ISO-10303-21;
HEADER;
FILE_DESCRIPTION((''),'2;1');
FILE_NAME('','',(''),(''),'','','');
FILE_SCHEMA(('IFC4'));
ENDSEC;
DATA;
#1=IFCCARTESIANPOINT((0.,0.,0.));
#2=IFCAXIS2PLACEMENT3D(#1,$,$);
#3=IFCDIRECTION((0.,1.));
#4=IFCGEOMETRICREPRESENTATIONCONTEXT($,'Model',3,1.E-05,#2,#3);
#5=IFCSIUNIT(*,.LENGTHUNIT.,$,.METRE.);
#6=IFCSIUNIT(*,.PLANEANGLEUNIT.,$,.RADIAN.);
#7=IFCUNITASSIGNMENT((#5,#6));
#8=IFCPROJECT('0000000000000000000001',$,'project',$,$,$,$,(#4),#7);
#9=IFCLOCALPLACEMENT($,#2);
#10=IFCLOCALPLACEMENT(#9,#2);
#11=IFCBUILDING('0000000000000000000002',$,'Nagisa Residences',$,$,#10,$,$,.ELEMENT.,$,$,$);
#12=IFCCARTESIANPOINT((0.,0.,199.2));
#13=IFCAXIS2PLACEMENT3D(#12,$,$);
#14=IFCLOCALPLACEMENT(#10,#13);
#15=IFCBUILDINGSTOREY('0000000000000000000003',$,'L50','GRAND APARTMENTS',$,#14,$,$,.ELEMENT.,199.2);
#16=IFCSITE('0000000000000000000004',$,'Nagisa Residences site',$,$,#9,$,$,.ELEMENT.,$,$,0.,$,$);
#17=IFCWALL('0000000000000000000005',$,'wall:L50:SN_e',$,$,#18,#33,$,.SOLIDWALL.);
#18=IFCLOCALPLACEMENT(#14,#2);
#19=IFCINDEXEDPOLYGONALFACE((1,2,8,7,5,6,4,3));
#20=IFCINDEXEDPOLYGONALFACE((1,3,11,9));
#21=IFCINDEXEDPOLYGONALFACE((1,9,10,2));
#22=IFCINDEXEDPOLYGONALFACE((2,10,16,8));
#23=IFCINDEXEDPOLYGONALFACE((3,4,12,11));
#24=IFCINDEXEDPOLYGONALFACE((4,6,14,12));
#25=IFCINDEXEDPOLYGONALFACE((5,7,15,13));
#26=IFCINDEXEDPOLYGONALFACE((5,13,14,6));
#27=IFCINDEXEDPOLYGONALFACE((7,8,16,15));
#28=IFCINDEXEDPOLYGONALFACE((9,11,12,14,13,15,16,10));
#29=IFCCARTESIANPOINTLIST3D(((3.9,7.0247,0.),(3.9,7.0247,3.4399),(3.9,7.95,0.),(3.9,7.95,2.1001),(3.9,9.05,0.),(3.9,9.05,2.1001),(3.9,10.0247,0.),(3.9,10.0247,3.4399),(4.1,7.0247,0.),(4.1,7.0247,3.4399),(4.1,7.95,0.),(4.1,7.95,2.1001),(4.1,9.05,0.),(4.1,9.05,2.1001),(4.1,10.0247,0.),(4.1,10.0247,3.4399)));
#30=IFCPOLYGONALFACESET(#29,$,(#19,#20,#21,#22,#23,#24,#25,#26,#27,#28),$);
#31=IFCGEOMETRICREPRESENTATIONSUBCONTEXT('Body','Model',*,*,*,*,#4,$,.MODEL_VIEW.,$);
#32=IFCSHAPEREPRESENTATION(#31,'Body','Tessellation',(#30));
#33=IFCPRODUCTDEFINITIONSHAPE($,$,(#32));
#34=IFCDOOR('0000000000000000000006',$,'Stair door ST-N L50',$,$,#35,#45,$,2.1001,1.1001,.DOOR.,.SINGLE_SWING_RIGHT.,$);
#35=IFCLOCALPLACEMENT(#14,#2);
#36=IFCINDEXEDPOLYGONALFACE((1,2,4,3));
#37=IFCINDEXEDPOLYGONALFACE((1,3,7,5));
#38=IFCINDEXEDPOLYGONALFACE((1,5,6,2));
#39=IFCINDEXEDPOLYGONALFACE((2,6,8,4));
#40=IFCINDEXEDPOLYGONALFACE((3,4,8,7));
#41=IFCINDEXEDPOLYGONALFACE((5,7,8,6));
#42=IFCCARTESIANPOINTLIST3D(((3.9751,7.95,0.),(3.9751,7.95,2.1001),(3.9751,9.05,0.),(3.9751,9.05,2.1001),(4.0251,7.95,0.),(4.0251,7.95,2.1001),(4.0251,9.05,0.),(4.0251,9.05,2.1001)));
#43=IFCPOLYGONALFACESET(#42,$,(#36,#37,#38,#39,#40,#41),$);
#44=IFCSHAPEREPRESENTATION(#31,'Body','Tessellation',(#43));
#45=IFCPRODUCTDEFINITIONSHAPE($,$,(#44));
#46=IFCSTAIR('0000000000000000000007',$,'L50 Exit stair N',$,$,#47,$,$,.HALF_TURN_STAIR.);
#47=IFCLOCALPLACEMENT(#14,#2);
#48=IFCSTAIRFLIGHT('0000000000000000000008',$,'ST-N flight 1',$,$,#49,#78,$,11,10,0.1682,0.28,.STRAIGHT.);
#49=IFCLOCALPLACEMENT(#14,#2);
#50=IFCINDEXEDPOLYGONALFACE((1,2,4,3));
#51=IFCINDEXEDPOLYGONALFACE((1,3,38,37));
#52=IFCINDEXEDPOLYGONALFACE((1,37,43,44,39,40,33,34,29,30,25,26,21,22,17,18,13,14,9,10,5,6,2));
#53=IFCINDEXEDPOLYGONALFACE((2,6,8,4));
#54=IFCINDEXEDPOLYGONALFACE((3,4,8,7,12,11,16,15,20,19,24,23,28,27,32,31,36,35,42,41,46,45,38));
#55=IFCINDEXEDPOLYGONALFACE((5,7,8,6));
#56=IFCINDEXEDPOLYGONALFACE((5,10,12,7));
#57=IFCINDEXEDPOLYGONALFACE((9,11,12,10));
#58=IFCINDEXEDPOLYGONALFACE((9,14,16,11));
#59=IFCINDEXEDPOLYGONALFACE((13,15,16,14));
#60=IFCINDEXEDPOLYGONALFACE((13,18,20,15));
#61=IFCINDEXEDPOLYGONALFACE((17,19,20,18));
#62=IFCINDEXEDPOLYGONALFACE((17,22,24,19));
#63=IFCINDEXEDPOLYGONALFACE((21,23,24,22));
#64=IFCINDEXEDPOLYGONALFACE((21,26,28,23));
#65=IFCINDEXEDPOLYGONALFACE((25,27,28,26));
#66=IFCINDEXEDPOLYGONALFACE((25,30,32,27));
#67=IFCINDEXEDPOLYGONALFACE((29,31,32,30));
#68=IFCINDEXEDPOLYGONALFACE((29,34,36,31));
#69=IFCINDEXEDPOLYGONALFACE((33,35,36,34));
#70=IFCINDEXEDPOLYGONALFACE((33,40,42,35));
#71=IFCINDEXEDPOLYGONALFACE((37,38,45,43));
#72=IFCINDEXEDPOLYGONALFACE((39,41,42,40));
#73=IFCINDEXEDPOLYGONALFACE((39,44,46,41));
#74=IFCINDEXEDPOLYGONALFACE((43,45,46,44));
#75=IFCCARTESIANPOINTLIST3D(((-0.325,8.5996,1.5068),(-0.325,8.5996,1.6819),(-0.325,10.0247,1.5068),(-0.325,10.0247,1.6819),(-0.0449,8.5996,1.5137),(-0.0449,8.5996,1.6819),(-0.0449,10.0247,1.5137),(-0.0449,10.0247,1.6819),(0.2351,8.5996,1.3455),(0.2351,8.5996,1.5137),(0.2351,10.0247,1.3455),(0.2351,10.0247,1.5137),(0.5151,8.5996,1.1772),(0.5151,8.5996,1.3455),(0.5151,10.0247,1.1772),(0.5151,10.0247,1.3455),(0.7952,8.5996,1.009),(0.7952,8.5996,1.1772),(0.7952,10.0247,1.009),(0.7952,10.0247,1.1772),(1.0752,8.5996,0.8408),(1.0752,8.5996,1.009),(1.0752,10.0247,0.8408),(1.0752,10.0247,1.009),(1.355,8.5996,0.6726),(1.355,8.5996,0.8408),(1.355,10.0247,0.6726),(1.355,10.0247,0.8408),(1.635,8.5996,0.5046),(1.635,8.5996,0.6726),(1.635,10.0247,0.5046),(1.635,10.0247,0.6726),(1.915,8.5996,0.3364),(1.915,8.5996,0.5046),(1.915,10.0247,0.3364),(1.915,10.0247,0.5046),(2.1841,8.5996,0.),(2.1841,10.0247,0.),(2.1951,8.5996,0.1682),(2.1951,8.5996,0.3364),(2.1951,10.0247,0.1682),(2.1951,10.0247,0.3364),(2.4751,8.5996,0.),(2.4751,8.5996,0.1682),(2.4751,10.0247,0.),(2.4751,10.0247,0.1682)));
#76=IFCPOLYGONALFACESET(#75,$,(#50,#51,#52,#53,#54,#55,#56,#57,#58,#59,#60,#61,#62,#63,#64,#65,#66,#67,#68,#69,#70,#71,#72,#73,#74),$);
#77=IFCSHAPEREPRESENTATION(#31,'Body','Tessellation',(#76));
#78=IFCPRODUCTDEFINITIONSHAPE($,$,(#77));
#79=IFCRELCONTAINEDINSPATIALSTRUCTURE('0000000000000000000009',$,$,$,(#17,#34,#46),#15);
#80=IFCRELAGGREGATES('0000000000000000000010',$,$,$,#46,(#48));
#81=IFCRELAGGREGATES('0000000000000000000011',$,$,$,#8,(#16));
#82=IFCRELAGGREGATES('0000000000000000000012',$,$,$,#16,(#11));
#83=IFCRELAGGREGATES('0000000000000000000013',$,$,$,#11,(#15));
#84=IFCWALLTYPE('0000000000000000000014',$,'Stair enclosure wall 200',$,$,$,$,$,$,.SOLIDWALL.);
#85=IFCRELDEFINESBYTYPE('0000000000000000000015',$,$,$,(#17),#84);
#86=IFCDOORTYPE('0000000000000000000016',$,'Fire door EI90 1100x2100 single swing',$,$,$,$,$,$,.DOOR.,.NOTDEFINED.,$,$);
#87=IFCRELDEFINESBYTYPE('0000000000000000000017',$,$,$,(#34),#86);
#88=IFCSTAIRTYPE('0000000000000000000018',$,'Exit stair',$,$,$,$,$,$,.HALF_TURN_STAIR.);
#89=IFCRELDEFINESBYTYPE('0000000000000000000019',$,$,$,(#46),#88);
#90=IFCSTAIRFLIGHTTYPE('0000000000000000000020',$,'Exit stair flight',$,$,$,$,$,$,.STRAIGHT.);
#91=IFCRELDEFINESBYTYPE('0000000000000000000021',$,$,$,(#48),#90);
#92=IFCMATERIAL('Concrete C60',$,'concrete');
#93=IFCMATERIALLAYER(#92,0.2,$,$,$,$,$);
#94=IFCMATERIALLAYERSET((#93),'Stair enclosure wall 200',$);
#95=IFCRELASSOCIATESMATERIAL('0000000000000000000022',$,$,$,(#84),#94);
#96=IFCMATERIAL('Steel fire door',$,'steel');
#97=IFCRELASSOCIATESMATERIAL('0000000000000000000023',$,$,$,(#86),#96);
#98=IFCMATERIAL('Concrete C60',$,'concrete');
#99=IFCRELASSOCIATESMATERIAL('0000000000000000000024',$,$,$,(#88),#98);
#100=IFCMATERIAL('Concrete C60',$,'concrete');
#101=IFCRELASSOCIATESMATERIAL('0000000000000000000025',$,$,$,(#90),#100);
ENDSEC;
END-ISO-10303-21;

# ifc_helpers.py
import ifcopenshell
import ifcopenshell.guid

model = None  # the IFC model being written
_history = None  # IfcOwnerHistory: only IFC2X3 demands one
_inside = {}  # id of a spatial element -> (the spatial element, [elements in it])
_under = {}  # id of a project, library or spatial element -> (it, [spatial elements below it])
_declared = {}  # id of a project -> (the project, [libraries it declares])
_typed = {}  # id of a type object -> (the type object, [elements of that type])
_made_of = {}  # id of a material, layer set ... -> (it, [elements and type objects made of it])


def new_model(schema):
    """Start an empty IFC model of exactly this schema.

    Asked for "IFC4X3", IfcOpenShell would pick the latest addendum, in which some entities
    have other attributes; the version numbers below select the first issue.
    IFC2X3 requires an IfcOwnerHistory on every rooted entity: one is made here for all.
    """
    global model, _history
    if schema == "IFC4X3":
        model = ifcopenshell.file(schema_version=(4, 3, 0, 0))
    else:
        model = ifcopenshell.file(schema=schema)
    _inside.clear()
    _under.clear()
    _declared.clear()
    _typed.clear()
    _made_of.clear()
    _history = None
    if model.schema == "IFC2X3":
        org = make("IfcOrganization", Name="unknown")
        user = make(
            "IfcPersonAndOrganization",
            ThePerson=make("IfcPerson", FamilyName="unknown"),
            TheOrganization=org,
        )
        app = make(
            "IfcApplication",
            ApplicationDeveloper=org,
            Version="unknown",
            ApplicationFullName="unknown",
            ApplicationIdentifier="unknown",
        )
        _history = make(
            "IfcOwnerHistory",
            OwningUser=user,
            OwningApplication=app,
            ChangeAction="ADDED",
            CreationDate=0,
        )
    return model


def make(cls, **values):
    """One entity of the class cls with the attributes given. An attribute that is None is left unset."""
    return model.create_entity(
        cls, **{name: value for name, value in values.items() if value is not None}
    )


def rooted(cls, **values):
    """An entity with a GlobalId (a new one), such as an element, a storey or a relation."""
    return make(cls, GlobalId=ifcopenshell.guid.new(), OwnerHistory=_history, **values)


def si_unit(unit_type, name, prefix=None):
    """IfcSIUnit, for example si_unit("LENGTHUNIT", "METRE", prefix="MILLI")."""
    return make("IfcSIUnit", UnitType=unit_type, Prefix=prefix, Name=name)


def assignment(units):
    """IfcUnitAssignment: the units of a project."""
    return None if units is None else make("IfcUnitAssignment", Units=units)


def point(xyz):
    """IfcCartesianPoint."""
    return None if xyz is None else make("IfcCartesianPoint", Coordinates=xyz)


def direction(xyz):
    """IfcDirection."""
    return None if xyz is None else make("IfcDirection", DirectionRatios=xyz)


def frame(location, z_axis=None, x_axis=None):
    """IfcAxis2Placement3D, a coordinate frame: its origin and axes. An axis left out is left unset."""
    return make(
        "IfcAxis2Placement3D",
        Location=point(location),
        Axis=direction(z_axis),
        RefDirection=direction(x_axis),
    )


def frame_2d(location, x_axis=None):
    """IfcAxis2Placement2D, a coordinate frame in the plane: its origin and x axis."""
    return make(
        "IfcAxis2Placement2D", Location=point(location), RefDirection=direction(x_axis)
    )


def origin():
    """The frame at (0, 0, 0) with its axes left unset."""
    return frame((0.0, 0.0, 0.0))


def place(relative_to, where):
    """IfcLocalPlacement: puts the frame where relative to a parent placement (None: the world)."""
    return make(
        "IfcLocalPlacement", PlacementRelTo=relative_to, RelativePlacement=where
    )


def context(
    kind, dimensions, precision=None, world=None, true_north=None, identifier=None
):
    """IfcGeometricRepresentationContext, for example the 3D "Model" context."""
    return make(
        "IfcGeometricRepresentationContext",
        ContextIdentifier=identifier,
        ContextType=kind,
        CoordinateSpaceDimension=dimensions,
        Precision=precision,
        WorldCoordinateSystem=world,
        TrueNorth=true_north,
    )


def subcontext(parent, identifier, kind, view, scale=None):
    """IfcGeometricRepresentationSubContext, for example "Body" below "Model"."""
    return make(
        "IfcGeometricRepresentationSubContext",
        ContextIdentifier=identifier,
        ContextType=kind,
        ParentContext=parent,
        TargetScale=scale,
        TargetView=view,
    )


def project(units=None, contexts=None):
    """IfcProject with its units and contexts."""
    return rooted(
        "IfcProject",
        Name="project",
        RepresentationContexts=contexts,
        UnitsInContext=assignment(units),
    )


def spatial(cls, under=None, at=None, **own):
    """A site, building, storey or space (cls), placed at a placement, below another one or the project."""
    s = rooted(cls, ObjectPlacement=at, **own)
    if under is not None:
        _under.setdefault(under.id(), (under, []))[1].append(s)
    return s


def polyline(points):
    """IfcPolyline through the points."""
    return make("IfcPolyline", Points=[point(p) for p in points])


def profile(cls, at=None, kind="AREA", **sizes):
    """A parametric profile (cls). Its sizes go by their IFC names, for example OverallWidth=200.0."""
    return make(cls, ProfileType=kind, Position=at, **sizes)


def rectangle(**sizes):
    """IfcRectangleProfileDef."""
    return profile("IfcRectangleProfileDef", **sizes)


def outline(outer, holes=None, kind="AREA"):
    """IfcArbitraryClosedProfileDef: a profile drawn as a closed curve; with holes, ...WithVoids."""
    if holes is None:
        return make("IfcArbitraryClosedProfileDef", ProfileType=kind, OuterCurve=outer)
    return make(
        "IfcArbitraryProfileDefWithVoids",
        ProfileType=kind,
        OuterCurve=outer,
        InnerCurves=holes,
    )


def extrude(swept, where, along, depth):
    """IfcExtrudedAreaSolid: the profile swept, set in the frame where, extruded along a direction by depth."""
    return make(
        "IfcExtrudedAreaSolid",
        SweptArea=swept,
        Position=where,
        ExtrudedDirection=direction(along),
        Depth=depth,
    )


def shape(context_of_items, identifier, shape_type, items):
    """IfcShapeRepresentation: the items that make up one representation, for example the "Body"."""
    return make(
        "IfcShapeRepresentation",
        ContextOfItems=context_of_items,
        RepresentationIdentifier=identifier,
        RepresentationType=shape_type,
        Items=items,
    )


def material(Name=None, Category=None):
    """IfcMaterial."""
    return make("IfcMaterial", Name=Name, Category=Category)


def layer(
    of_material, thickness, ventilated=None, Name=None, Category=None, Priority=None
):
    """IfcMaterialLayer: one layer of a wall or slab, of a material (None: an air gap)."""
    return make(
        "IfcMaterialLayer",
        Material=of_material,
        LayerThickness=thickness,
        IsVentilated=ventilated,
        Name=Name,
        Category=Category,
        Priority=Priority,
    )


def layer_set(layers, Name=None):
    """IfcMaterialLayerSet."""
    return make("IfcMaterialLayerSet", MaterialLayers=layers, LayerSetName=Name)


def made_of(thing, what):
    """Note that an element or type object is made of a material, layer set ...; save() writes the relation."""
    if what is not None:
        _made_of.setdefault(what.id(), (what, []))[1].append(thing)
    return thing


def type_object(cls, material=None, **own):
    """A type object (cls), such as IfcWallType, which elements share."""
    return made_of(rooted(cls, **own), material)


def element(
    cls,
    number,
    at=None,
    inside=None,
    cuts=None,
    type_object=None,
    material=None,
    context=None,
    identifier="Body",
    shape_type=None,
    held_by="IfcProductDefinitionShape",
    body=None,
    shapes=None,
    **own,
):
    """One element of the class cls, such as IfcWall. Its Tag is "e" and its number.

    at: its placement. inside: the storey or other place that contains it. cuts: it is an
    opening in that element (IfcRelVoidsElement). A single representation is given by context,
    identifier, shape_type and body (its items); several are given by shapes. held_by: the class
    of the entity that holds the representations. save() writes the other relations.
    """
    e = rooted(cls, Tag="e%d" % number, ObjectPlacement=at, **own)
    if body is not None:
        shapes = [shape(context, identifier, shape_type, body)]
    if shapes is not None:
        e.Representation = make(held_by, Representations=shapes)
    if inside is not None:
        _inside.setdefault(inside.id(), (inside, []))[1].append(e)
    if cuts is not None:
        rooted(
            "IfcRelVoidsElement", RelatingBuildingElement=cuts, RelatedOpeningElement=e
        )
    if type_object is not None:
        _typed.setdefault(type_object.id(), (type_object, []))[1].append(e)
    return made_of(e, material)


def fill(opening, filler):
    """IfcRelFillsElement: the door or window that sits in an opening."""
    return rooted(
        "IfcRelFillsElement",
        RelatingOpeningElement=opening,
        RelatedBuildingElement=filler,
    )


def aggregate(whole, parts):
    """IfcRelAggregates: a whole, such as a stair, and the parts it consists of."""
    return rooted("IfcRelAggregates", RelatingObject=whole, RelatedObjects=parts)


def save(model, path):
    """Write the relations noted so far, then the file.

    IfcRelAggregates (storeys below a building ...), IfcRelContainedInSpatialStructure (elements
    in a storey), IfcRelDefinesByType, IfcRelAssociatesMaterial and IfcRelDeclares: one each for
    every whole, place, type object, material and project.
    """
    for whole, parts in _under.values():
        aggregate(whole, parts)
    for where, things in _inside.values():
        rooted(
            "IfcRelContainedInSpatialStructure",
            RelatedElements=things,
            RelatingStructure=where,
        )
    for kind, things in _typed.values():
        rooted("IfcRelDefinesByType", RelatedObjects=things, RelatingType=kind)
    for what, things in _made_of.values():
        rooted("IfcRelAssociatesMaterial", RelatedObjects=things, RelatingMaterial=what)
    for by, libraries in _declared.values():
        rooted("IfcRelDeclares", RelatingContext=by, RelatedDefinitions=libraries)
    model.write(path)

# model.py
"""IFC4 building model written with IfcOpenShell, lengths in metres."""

from ifc_helpers import new_model, si_unit, direction, frame, frame_2d, origin, place, context, subcontext, project, spatial, polyline, rectangle, outline, extrude, material, layer, layer_set, type_object, element, fill, aggregate, save


model = new_model("IFC4")

# Units and contexts
model_context = context("Model", 3, precision=1e-05, world=origin(), true_north=direction((0.0, 1.0)))
body_context = subcontext(model_context, "Body", "Model", "MODEL_VIEW")
ifc_project = project(units=[si_unit("LENGTHUNIT", "METRE"), si_unit("PLANEANGLEUNIT", "RADIAN")], contexts=[model_context])

# Site, building, storey
site_placement = place(None, origin())
site = spatial("IfcSite", under=ifc_project, at=site_placement, Name="Nagisa Residences site", CompositionType="ELEMENT", RefElevation=0.0)
building_placement = place(site_placement, origin())
building = spatial("IfcBuilding", under=site, at=building_placement, Name="Nagisa Residences", CompositionType="ELEMENT")
storey_placement = place(building_placement, frame((0.0, 0.0, 199.2)))
storey = spatial("IfcBuildingStorey", under=building, at=storey_placement, Name="L50", Description="GRAND APARTMENTS", CompositionType="ELEMENT", Elevation=199.2)

# Wall, opening, door
ifc_material_1 = material(Name="Concrete C60", Category="concrete")
ifc_layer_1 = layer(ifc_material_1, 0.2)
ifc_layer_set_1 = layer_set([ifc_layer_1], Name="Stair enclosure wall 200")
wall_type_1 = type_object("IfcWallType", Name="Stair enclosure wall 200", PredefinedType="SOLIDWALL", material=ifc_layer_set_1)
ifc_material_2 = material(Name="Steel fire door", Category="steel")
door_type_1 = type_object("IfcDoorType", Name="Fire door EI90 1100x2100 single swing", OperationType="NOTDEFINED", PredefinedType="DOOR", material=ifc_material_2)
wall_1_placement = place(storey_placement, frame((4.0, 7.0247, 0.0), z_axis=(0.0, 0.0, 1.0), x_axis=(0.0, 1.0, 0.0)))
wall_1 = element("IfcWall", 1, at=wall_1_placement, inside=storey, type_object=wall_type_1, Name="wall:L50:SN_e", PredefinedType="SOLIDWALL", context=body_context, shape_type="SweptSolid", body=[
    extrude(rectangle(XDim=3.0, YDim=0.2, at=frame_2d((1.5, 0.0))), origin(), (0.0, 0.0, 1.0), 3.4399),
])
opening_1_placement = place(wall_1_placement, frame((0.9253, 0.0, 0.0)))
opening_1 = element("IfcOpeningElement", 2, at=opening_1_placement, cuts=wall_1, PredefinedType="OPENING", context=body_context, shape_type="SweptSolid", body=[
    extrude(rectangle(XDim=1.1001, YDim=2.1001, at=frame_2d((0.55, 1.05))), frame((0.0, 0.1099, 0.0), z_axis=(0.0, -1.0, 0.0), x_axis=(1.0, 0.0, 0.0)), (0.0, 0.0, 1.0), 0.22),
])
door_1_placement = place(opening_1_placement, origin())
door_1 = element("IfcDoor", 3, at=door_1_placement, inside=storey, type_object=door_type_1, Name="Stair door ST-N L50", OperationType="SINGLE_SWING_RIGHT", OverallHeight=2.1001, OverallWidth=1.1001, PredefinedType="DOOR", context=body_context, shape_type="SweptSolid", body=[
    extrude(rectangle(XDim=1.1001, YDim=2.1001, at=frame_2d((0.55, 1.05))), frame((0.0, 0.0249, 0.0), z_axis=(0.0, -1.0, 0.0), x_axis=(1.0, 0.0, 0.0)), (0.0, 0.0, 1.0), 0.05),
])
fill(opening_1, door_1)

# Stair, stair flight
ifc_material_3 = material(Name="Concrete C60", Category="concrete")
stair_type = type_object("IfcStairType", Name="Exit stair", PredefinedType="HALF_TURN_STAIR", material=ifc_material_3)
stair_placement = place(storey_placement, origin())
stair = element("IfcStair", 4, at=stair_placement, inside=storey, type_object=stair_type, Name="L50 Exit stair N", PredefinedType="HALF_TURN_STAIR")
ifc_material_4 = material(Name="Concrete C60", Category="concrete")
stair_flight_type = type_object("IfcStairFlightType", Name="Exit stair flight", PredefinedType="STRAIGHT", material=ifc_material_4)
stair_flight_placement = place(storey_placement, frame((2.4751, 9.312, 0.0), z_axis=(0.0, 0.0, 1.0), x_axis=(-1.0, 0.0, 0.0)))
stair_flight = element("IfcStairFlight", 5, at=stair_flight_placement, type_object=stair_flight_type, Name="ST-N flight 1", NumberOfRisers=11, NumberOfTreads=10, PredefinedType="STRAIGHT", RiserHeight=0.1682, TreadLength=0.28, context=body_context, shape_type="SweptSolid", body=[
    extrude(outline(polyline([(0.0, 0.0), (0.0, 0.1682), (0.28, 0.1682), (0.28, 0.3364), (0.5601, 0.3364), (0.5601, 0.5046), (0.8401, 0.5046), (0.8401, 0.6726), (1.1201, 0.6726), (1.1201, 0.8408), (1.3999, 0.8408), (1.3999, 1.009), (1.6799, 1.009), (1.6799, 1.1772), (1.96, 1.1772), (1.96, 1.3455), (2.24, 1.3455), (2.24, 1.5137), (2.52, 1.5137), (2.52, 1.6819), (2.8, 1.6819), (2.8, 1.8501), (2.8, 1.5068), (0.291, 0.0), (0.0, 0.0)])), frame((0.0, 0.7124, 0.0), z_axis=(0.0, -1.0, 0.0), x_axis=(1.0, 0.0, 0.0)), (0.0, 0.0, 1.0), 1.425),
])
aggregate(stair, [stair_flight])

save(model, "model.ifc")
